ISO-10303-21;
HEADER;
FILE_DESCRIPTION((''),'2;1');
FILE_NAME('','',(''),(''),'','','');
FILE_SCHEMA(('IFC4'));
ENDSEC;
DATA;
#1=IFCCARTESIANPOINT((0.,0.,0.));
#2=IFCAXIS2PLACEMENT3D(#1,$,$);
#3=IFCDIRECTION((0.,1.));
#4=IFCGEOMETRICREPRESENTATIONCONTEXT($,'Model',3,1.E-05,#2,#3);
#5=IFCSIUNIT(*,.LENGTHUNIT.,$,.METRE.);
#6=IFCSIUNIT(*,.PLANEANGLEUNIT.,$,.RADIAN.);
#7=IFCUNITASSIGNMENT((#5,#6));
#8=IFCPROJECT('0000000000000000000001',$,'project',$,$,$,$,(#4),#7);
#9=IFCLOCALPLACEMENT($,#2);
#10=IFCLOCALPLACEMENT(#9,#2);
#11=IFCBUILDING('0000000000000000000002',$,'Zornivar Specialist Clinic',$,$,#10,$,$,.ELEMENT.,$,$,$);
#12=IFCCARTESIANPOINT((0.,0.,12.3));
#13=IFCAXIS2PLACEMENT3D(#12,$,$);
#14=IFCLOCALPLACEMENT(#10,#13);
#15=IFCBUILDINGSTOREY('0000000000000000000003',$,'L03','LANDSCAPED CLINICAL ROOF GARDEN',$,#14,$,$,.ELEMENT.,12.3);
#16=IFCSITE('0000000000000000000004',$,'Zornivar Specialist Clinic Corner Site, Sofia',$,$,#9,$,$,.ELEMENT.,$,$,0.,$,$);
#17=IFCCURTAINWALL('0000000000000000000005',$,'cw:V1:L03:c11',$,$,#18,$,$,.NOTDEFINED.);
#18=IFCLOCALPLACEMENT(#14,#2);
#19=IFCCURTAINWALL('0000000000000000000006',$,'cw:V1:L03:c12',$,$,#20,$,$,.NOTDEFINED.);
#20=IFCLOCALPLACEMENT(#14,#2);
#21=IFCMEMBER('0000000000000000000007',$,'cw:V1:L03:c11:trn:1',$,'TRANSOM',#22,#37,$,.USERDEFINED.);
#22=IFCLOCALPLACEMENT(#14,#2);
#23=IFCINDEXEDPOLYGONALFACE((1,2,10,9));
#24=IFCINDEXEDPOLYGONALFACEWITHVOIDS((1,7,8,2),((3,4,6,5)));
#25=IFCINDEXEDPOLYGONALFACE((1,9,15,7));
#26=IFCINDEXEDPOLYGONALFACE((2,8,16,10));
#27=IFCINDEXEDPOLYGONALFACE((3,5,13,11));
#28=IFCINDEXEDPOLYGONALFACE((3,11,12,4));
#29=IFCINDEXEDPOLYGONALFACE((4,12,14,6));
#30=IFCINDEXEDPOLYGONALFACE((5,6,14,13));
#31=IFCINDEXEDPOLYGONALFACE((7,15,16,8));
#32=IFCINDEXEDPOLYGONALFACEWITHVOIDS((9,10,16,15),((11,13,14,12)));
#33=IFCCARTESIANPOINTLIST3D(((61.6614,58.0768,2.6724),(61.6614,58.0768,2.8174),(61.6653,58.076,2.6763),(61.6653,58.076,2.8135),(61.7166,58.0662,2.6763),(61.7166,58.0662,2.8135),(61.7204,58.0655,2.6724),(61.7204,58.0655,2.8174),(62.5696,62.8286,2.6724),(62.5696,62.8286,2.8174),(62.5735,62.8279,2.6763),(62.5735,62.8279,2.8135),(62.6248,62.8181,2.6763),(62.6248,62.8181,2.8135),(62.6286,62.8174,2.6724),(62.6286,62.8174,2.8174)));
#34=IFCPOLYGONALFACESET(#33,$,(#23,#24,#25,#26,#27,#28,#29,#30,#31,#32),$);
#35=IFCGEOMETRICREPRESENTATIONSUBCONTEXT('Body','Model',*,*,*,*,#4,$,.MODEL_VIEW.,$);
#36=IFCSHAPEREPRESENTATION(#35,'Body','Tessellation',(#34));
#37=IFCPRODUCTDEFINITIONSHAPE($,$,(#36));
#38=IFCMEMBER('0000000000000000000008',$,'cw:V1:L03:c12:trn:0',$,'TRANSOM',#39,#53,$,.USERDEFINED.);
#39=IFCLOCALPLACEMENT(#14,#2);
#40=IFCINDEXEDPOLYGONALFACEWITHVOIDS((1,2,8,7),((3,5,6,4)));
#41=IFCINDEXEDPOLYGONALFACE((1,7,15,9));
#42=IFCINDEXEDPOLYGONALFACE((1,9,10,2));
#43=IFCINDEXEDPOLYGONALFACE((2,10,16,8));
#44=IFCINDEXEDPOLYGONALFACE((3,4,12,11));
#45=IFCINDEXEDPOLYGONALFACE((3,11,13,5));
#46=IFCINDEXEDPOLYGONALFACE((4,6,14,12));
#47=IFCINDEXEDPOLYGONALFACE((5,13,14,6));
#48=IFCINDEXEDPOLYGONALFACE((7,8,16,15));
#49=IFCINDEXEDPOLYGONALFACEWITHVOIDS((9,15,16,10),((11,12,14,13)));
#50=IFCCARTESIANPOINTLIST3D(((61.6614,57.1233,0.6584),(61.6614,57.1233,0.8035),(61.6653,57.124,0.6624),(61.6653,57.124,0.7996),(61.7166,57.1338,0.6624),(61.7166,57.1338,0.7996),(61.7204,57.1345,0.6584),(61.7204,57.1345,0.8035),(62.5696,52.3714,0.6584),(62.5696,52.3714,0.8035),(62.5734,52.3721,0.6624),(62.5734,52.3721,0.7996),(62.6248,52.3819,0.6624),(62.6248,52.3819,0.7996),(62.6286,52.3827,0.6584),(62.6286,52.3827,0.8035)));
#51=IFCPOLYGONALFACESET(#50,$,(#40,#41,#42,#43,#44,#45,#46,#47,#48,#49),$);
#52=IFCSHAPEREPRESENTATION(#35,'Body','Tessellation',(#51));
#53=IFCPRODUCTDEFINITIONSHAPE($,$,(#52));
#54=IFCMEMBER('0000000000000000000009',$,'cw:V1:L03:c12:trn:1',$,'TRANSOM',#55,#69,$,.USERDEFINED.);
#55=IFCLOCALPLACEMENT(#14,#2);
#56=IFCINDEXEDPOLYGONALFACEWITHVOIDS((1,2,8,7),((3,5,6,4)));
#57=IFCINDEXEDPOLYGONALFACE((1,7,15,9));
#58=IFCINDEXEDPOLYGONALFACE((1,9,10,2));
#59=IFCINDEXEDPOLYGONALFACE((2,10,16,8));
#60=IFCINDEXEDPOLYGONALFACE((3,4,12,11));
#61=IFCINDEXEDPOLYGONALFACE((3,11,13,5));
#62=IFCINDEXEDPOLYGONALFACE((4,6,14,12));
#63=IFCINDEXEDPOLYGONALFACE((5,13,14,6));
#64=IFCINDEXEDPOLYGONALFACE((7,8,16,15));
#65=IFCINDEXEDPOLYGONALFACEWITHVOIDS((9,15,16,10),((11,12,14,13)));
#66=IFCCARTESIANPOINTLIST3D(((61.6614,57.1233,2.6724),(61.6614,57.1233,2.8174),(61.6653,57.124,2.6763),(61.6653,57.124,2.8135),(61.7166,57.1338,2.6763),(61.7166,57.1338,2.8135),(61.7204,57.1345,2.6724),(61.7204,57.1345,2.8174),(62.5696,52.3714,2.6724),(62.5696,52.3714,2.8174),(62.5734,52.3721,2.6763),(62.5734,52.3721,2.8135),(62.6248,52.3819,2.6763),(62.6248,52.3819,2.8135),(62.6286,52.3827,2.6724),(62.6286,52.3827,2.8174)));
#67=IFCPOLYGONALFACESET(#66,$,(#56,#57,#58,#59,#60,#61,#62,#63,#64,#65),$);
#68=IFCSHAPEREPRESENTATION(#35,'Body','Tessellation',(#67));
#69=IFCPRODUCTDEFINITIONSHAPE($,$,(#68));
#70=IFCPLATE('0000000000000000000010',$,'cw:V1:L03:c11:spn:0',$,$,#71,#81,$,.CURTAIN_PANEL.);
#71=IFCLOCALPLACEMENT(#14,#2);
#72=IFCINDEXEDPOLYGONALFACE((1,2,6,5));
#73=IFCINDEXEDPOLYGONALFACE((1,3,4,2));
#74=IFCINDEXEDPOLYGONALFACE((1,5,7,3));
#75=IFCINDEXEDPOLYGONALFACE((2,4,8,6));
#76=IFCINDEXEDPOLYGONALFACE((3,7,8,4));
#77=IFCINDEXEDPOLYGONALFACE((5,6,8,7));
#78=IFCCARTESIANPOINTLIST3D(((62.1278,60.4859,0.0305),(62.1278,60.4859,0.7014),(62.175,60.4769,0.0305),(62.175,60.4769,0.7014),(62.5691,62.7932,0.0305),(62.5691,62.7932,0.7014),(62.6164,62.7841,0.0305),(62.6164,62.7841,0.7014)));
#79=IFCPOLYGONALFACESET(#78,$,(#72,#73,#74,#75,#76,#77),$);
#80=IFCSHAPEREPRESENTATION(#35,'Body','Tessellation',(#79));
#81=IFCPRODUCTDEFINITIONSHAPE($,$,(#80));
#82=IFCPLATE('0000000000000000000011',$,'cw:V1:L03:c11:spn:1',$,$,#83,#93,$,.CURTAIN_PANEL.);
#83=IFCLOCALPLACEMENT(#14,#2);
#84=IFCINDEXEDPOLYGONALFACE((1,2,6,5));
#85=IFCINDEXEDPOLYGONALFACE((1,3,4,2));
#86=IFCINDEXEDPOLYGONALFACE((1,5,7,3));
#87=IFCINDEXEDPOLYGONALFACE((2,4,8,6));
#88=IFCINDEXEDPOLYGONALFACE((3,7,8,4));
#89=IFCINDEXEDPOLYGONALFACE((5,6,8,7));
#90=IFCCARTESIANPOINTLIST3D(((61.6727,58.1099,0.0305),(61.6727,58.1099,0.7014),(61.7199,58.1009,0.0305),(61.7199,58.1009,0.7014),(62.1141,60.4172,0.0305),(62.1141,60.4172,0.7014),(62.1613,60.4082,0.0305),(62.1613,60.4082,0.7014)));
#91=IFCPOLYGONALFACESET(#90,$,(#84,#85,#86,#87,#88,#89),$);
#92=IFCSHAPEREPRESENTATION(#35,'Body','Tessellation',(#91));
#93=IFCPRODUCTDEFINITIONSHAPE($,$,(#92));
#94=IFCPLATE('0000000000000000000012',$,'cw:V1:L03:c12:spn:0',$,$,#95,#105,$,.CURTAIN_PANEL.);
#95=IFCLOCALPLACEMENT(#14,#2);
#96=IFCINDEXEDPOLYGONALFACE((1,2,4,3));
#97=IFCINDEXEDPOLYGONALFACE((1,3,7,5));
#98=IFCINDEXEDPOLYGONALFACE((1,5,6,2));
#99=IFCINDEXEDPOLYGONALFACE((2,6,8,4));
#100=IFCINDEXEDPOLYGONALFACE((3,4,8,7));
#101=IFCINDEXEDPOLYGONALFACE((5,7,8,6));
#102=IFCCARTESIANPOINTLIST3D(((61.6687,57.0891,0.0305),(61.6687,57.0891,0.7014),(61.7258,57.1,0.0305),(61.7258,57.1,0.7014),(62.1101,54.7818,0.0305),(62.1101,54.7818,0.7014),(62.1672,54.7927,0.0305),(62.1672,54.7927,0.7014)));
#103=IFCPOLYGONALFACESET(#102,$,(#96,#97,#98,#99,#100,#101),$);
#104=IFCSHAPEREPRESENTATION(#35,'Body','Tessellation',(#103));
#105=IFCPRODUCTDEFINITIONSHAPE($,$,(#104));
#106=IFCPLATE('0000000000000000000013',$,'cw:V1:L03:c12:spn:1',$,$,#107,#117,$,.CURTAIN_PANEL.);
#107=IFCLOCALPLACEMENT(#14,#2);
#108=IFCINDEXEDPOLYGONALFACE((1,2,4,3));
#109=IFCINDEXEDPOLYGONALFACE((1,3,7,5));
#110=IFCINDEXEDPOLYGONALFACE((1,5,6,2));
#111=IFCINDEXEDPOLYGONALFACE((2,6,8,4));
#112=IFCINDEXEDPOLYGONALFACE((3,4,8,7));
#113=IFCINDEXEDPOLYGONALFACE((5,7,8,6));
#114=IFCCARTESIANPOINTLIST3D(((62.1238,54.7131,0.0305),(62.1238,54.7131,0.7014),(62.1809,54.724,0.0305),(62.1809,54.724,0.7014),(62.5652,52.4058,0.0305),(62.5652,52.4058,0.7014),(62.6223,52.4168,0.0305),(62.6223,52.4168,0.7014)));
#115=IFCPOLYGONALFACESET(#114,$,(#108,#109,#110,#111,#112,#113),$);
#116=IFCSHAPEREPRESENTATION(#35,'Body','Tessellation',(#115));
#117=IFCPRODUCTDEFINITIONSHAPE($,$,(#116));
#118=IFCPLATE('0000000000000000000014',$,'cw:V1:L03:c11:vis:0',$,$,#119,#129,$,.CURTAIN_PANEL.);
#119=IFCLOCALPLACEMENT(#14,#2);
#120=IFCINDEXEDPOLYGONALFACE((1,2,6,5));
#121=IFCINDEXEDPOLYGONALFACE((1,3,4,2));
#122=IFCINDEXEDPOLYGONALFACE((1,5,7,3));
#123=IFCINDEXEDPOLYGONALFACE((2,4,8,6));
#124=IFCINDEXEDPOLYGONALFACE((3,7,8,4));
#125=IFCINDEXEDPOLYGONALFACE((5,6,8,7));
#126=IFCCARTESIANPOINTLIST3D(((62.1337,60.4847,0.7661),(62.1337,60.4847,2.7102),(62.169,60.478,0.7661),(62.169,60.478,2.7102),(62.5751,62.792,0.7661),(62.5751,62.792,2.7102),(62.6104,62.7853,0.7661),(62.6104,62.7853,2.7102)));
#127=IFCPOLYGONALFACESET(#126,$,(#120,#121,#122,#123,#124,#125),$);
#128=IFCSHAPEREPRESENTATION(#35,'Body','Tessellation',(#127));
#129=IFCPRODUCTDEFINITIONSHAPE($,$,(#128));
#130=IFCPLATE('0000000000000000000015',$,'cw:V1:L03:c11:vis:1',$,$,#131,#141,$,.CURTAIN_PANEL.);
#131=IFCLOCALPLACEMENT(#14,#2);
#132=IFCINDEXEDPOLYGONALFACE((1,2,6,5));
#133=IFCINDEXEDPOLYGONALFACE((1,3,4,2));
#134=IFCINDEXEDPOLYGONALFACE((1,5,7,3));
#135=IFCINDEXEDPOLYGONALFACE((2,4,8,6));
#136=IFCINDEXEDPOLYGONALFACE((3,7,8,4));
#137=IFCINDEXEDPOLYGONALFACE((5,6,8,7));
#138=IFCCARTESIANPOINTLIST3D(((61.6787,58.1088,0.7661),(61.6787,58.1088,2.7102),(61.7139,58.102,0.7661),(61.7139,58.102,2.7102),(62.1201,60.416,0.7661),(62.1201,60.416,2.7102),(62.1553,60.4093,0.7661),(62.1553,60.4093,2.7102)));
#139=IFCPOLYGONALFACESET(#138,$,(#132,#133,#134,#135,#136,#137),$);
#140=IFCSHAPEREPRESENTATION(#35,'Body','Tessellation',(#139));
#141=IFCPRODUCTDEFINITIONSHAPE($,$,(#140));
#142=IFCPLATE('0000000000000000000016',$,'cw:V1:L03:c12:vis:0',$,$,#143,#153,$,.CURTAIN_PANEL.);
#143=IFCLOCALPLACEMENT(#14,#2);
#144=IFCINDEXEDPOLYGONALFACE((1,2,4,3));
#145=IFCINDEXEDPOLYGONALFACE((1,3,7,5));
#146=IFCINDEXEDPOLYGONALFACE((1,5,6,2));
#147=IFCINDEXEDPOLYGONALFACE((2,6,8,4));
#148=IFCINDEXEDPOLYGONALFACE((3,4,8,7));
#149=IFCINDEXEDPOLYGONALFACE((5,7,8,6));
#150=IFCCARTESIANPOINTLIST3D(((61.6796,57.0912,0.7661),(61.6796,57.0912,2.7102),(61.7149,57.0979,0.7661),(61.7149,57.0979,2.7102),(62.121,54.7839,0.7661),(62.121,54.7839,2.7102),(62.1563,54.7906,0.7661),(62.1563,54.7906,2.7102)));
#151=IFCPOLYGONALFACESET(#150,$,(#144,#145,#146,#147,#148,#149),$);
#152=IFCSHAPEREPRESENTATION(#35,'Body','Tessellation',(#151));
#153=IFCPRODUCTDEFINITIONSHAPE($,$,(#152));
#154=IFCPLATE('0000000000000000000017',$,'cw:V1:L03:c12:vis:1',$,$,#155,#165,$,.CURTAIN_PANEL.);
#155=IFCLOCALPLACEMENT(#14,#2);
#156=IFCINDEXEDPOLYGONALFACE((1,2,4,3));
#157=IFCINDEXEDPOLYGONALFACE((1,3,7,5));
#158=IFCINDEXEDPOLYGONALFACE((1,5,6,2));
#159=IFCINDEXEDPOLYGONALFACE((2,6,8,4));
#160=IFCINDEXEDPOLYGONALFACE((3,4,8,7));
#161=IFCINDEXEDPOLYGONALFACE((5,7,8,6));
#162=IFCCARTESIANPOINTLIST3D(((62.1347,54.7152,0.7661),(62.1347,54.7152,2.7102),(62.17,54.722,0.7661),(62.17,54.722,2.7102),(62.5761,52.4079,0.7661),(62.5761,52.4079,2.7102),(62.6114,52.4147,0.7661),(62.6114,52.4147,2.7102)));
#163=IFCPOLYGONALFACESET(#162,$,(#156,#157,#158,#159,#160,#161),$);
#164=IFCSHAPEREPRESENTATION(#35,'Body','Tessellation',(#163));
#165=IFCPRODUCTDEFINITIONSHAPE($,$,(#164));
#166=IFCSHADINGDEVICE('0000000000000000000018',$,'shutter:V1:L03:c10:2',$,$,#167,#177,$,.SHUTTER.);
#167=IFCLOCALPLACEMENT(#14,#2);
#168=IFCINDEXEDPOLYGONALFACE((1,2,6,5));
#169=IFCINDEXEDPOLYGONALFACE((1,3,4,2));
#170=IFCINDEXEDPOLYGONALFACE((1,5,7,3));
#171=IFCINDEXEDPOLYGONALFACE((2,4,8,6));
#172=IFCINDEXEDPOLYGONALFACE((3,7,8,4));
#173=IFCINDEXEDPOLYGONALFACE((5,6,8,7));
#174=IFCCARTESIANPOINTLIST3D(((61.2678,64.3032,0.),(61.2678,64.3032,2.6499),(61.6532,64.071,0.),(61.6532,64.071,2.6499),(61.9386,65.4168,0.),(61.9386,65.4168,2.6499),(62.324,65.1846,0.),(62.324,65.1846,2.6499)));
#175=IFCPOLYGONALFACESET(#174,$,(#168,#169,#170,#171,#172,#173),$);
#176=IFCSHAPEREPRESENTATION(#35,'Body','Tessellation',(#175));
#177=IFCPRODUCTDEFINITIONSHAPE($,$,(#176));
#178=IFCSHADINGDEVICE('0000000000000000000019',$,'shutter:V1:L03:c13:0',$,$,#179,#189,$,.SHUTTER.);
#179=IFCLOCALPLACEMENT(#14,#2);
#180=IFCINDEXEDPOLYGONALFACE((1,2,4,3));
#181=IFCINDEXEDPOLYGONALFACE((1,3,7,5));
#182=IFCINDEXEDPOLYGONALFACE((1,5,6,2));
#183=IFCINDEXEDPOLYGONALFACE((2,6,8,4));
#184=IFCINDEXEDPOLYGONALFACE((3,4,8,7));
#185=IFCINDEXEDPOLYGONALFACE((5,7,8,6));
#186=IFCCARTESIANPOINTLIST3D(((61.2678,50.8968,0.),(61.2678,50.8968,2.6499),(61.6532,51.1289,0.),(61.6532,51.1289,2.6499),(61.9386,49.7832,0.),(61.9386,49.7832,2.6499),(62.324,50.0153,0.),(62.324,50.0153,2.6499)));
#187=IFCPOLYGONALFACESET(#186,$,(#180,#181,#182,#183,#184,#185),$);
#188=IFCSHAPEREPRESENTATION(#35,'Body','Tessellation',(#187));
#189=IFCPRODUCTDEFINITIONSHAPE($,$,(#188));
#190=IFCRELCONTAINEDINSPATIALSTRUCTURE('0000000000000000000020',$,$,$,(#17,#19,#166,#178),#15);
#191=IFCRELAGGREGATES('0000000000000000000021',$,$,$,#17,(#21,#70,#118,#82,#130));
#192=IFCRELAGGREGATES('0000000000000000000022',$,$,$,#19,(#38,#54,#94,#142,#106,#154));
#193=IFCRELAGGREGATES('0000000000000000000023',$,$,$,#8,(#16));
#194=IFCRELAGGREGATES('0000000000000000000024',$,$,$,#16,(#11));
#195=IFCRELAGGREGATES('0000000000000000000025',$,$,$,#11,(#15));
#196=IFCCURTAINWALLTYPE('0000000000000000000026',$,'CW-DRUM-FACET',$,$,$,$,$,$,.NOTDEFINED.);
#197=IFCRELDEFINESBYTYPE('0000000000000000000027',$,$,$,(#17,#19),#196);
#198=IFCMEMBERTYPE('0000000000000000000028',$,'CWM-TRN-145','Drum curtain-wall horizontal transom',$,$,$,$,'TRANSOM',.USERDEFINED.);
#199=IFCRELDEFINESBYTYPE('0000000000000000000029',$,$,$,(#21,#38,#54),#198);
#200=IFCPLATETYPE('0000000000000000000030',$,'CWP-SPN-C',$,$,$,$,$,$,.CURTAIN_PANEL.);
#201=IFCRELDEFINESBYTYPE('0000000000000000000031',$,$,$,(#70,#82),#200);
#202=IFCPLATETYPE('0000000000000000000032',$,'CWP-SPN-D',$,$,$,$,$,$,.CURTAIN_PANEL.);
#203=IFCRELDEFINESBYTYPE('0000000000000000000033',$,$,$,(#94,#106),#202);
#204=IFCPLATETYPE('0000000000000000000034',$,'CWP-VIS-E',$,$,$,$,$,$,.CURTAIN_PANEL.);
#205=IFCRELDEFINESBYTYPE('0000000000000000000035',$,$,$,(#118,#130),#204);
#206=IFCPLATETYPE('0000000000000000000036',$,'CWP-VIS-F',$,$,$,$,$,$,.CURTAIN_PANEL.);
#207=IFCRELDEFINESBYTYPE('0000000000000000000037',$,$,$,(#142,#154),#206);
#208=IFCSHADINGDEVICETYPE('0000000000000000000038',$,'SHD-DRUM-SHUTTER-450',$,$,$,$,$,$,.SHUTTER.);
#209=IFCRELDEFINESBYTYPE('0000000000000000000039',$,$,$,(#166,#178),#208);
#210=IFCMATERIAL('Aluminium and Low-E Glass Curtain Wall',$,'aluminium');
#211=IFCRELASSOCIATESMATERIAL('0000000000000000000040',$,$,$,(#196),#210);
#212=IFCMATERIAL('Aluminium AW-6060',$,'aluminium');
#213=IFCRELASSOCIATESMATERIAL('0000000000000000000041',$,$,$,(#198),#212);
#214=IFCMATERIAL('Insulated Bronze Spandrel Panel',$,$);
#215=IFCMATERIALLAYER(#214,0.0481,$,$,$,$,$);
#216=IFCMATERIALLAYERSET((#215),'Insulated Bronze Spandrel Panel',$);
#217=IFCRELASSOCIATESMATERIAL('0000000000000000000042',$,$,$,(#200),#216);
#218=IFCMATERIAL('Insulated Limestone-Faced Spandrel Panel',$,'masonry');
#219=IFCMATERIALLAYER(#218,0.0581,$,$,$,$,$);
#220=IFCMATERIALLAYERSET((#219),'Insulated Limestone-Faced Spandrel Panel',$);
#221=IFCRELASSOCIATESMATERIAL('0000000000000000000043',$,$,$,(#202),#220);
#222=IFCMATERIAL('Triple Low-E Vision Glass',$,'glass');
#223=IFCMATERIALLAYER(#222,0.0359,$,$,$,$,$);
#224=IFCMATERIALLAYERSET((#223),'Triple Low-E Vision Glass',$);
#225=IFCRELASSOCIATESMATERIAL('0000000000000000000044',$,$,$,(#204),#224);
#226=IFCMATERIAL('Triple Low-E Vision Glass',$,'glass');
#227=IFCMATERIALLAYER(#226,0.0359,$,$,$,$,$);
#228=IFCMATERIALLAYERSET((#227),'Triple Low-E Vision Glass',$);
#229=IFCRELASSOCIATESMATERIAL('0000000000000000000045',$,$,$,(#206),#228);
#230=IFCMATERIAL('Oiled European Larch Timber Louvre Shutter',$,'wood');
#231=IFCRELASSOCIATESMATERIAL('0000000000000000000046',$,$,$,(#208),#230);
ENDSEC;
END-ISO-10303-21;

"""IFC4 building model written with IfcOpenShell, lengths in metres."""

from ifc_helpers import new_model, si_unit, direction, frame, origin, origin_2d, place, context, subcontext, project, spatial, rectangle, hollow_rectangle, extrude, material, layer, layer_set, material_profile, profile_set, type_object, element, aggregate, save


model = new_model("IFC4")

# Units and contexts
model_context = context("Model", 3, precision=1e-05, world=origin(), true_north=direction((0.0, 1.0)))
body_context = subcontext(model_context, "Body", "Model", "MODEL_VIEW")
ifc_project = project(units=[si_unit("LENGTHUNIT", "METRE"), si_unit("PLANEANGLEUNIT", "RADIAN")], contexts=[model_context])

# Site, building, storey
site_placement = place(None, origin())
site = spatial("IfcSite", under=ifc_project, at=site_placement, Name="Zornivar Specialist Clinic Corner Site, Sofia", CompositionType="ELEMENT", RefElevation=0.0)
building_placement = place(site_placement, origin())
building = spatial("IfcBuilding", under=site, at=building_placement, Name="Zornivar Specialist Clinic", CompositionType="ELEMENT")
storey_placement = place(building_placement, frame((0.0, 0.0, 12.3)))
storey = spatial("IfcBuildingStorey", under=building, at=storey_placement, Name="L03", Description="LANDSCAPED CLINICAL ROOF GARDEN", CompositionType="ELEMENT", Elevation=12.3)

# Curtain walls
ifc_material_1 = material(Name="Aluminium and Low-E Glass Curtain Wall", Category="aluminium")
curtain_wall_type = type_object("IfcCurtainWallType", Name="CW-DRUM-FACET", PredefinedType="NOTDEFINED", material=ifc_material_1)
curtain_wall_1_placement = place(storey_placement, origin())
curtain_wall_1 = element("IfcCurtainWall", 1, at=curtain_wall_1_placement, inside=storey, type_object=curtain_wall_type, Name="cw:V1:L03:c11", PredefinedType="NOTDEFINED")
curtain_wall_2_placement = place(storey_placement, origin())
curtain_wall_2 = element("IfcCurtainWall", 2, at=curtain_wall_2_placement, inside=storey, type_object=curtain_wall_type, Name="cw:V1:L03:c12", PredefinedType="NOTDEFINED")

# Members
ifc_material_2 = material(Name="Aluminium AW-6060", Category="aluminium")
ifc_material_profile_1 = material_profile(ifc_material_2, hollow_rectangle(XDim=0.0601, YDim=0.145, WallThickness=0.0039, at=origin_2d()), Name="ALU 60x145x4")
ifc_profile_set_1 = profile_set([ifc_material_profile_1], Name="Aluminium AW-6060")
member_type_1 = type_object("IfcMemberType", Name="CWM-TRN-145", Description="Drum curtain-wall horizontal transom", ElementType="TRANSOM", PredefinedType="USERDEFINED", material=ifc_profile_set_1)
member_1_placement = place(storey_placement, frame((62.5991, 62.823, 2.7449), z_axis=(-0.187724, -0.982222, 0.0), x_axis=(0.982222, -0.187724, 0.0)))
member_1 = element("IfcMember", 3, at=member_1_placement, type_object=member_type_1, Name="cw:V1:L03:c11:trn:1", ObjectType="TRANSOM", PredefinedType="USERDEFINED", context=body_context, shape_type="SweptSolid", body=[
    extrude(hollow_rectangle(XDim=0.0601, YDim=0.145, WallThickness=0.0039, at=origin_2d()), origin(), (0.0, 0.0, 1.0), 4.8379),
])
member_2_placement = place(storey_placement, frame((61.6909, 57.1289, 0.731), z_axis=(0.187724, -0.982222, 0.0), x_axis=(0.982222, 0.187724, 0.0)))
member_2 = element("IfcMember", 4, at=member_2_placement, type_object=member_type_1, Name="cw:V1:L03:c12:trn:0", ObjectType="TRANSOM", PredefinedType="USERDEFINED", context=body_context, shape_type="SweptSolid", body=[
    extrude(hollow_rectangle(XDim=0.0601, YDim=0.145, WallThickness=0.0039, at=origin_2d()), origin(), (0.0, 0.0, 1.0), 4.8379),
])
member_3_placement = place(storey_placement, frame((61.6909, 57.1289, 2.7449), z_axis=(0.187724, -0.982222, 0.0), x_axis=(0.982222, 0.187724, 0.0)))
member_3 = element("IfcMember", 5, at=member_3_placement, type_object=member_type_1, Name="cw:V1:L03:c12:trn:1", ObjectType="TRANSOM", PredefinedType="USERDEFINED", context=body_context, shape_type="SweptSolid", body=[
    extrude(hollow_rectangle(XDim=0.0601, YDim=0.145, WallThickness=0.0039, at=origin_2d()), origin(), (0.0, 0.0, 1.0), 4.8379),
])

# Plates
ifc_material_3 = material(Name="Insulated Bronze Spandrel Panel")
ifc_layer_1 = layer(ifc_material_3, 0.0481)
ifc_layer_set_1 = layer_set([ifc_layer_1], Name="Insulated Bronze Spandrel Panel")
plate_type_1 = type_object("IfcPlateType", Name="CWP-SPN-C", PredefinedType="CURTAIN_PANEL", material=ifc_layer_set_1)
plate_1_placement = place(storey_placement, frame((62.3721, 61.635, 0.0305), z_axis=(0.0, 0.0, 1.0), x_axis=(-0.187897, -0.982189, 0.0)))
plate_1 = element("IfcPlate", 6, at=plate_1_placement, type_object=plate_type_1, Name="cw:V1:L03:c11:spn:0", PredefinedType="CURTAIN_PANEL", context=body_context, shape_type="SweptSolid", body=[
    extrude(rectangle(XDim=2.3491, YDim=0.0481, at=origin_2d()), origin(), (0.0, 0.0, 1.0), 0.6709),
])
plate_2_placement = place(storey_placement, frame((61.917, 59.259, 0.0305), z_axis=(0.0, 0.0, 1.0), x_axis=(-0.187897, -0.982189, 0.0)))
plate_2 = element("IfcPlate", 7, at=plate_2_placement, type_object=plate_type_1, Name="cw:V1:L03:c11:spn:1", PredefinedType="CURTAIN_PANEL", context=body_context, shape_type="SweptSolid", body=[
    extrude(rectangle(XDim=2.3491, YDim=0.0481, at=origin_2d()), origin(), (0.0, 0.0, 1.0), 0.6709),
])
ifc_material_4 = material(Name="Insulated Limestone-Faced Spandrel Panel", Category="masonry")
ifc_layer_2 = layer(ifc_material_4, 0.0581)
ifc_layer_set_2 = layer_set([ifc_layer_2], Name="Insulated Limestone-Faced Spandrel Panel")
plate_type_2 = type_object("IfcPlateType", Name="CWP-SPN-D", PredefinedType="CURTAIN_PANEL", material=ifc_layer_set_2)
plate_3_placement = place(storey_placement, frame((61.918, 55.9409, 0.0305), z_axis=(0.0, 0.0, 1.0), x_axis=(0.187897, -0.982189, 0.0)))
plate_3 = element("IfcPlate", 8, at=plate_3_placement, type_object=plate_type_2, Name="cw:V1:L03:c12:spn:0", PredefinedType="CURTAIN_PANEL", context=body_context, shape_type="SweptSolid", body=[
    extrude(rectangle(XDim=2.3491, YDim=0.0581, at=origin_2d()), origin(), (0.0, 0.0, 1.0), 0.6709),
])
plate_4_placement = place(storey_placement, frame((62.373, 53.5649, 0.0305), z_axis=(0.0, 0.0, 1.0), x_axis=(0.187897, -0.982189, 0.0)))
plate_4 = element("IfcPlate", 9, at=plate_4_placement, type_object=plate_type_2, Name="cw:V1:L03:c12:spn:1", PredefinedType="CURTAIN_PANEL", context=body_context, shape_type="SweptSolid", body=[
    extrude(rectangle(XDim=2.3491, YDim=0.0581, at=origin_2d()), origin(), (0.0, 0.0, 1.0), 0.6709),
])
ifc_material_5 = material(Name="Triple Low-E Vision Glass", Category="glass")
ifc_layer_3 = layer(ifc_material_5, 0.0359)
ifc_layer_set_3 = layer_set([ifc_layer_3], Name="Triple Low-E Vision Glass")
plate_type_3 = type_object("IfcPlateType", Name="CWP-VIS-E", PredefinedType="CURTAIN_PANEL", material=ifc_layer_set_3)
plate_5_placement = place(storey_placement, frame((62.3721, 61.635, 0.7661), z_axis=(0.0, 0.0, 1.0), x_axis=(-0.187897, -0.982189, 0.0)))
plate_5 = element("IfcPlate", 10, at=plate_5_placement, type_object=plate_type_3, Name="cw:V1:L03:c11:vis:0", PredefinedType="CURTAIN_PANEL", context=body_context, shape_type="SweptSolid", body=[
    extrude(rectangle(XDim=2.3491, YDim=0.0359, at=origin_2d()), origin(), (0.0, 0.0, 1.0), 1.9441),
])
plate_6_placement = place(storey_placement, frame((61.917, 59.259, 0.7661), z_axis=(0.0, 0.0, 1.0), x_axis=(-0.187897, -0.982189, 0.0)))
plate_6 = element("IfcPlate", 11, at=plate_6_placement, type_object=plate_type_3, Name="cw:V1:L03:c11:vis:1", PredefinedType="CURTAIN_PANEL", context=body_context, shape_type="SweptSolid", body=[
    extrude(rectangle(XDim=2.3491, YDim=0.0359, at=origin_2d()), origin(), (0.0, 0.0, 1.0), 1.9441),
])
aggregate(curtain_wall_1, [member_1, plate_1, plate_5, plate_2, plate_6])
ifc_material_6 = material(Name="Triple Low-E Vision Glass", Category="glass")
ifc_layer_4 = layer(ifc_material_6, 0.0359)
ifc_layer_set_4 = layer_set([ifc_layer_4], Name="Triple Low-E Vision Glass")
plate_type_4 = type_object("IfcPlateType", Name="CWP-VIS-F", PredefinedType="CURTAIN_PANEL", material=ifc_layer_set_4)
plate_7_placement = place(storey_placement, frame((61.918, 55.9409, 0.7661), z_axis=(0.0, 0.0, 1.0), x_axis=(0.187897, -0.982189, 0.0)))
plate_7 = element("IfcPlate", 12, at=plate_7_placement, type_object=plate_type_4, Name="cw:V1:L03:c12:vis:0", PredefinedType="CURTAIN_PANEL", context=body_context, shape_type="SweptSolid", body=[
    extrude(rectangle(XDim=2.3491, YDim=0.0359, at=origin_2d()), origin(), (0.0, 0.0, 1.0), 1.9441),
])
plate_8_placement = place(storey_placement, frame((62.373, 53.5649, 0.7661), z_axis=(0.0, 0.0, 1.0), x_axis=(0.187897, -0.982189, 0.0)))
plate_8 = element("IfcPlate", 13, at=plate_8_placement, type_object=plate_type_4, Name="cw:V1:L03:c12:vis:1", PredefinedType="CURTAIN_PANEL", context=body_context, shape_type="SweptSolid", body=[
    extrude(rectangle(XDim=2.3491, YDim=0.0359, at=origin_2d()), origin(), (0.0, 0.0, 1.0), 1.9441),
])
aggregate(curtain_wall_2, [member_2, member_3, plate_3, plate_7, plate_4, plate_8])

# Shading devices
ifc_material_7 = material(Name="Oiled European Larch Timber Louvre Shutter", Category="wood")
shading_device_type = type_object("IfcShadingDeviceType", Name="SHD-DRUM-SHUTTER-450", PredefinedType="SHUTTER", material=ifc_material_7)
for number, where, z_axis, x_axis, name in (
    (14, (61.7959, 64.7439, 0.0), (0.0, 0.0, 1.0), (-0.516018, -0.856578, 0.0), "shutter:V1:L03:c10:2"),
    (15, (61.7959, 50.4561, 0.0), (0.0, 0.0, 1.0), (0.516018, -0.856578, 0.0), "shutter:V1:L03:c13:0"),
):
    element("IfcShadingDevice", number, at=place(storey_placement, frame(where, z_axis=z_axis, x_axis=x_axis)), inside=storey, type_object=shading_device_type, Name=name, PredefinedType="SHUTTER", context=body_context, shape_type="SweptSolid", body=[
        extrude(rectangle(XDim=1.3, YDim=0.45, at=origin_2d()), origin(), (0.0, 0.0, 1.0), 2.6499),
    ])

save(model, "model.ifc")
